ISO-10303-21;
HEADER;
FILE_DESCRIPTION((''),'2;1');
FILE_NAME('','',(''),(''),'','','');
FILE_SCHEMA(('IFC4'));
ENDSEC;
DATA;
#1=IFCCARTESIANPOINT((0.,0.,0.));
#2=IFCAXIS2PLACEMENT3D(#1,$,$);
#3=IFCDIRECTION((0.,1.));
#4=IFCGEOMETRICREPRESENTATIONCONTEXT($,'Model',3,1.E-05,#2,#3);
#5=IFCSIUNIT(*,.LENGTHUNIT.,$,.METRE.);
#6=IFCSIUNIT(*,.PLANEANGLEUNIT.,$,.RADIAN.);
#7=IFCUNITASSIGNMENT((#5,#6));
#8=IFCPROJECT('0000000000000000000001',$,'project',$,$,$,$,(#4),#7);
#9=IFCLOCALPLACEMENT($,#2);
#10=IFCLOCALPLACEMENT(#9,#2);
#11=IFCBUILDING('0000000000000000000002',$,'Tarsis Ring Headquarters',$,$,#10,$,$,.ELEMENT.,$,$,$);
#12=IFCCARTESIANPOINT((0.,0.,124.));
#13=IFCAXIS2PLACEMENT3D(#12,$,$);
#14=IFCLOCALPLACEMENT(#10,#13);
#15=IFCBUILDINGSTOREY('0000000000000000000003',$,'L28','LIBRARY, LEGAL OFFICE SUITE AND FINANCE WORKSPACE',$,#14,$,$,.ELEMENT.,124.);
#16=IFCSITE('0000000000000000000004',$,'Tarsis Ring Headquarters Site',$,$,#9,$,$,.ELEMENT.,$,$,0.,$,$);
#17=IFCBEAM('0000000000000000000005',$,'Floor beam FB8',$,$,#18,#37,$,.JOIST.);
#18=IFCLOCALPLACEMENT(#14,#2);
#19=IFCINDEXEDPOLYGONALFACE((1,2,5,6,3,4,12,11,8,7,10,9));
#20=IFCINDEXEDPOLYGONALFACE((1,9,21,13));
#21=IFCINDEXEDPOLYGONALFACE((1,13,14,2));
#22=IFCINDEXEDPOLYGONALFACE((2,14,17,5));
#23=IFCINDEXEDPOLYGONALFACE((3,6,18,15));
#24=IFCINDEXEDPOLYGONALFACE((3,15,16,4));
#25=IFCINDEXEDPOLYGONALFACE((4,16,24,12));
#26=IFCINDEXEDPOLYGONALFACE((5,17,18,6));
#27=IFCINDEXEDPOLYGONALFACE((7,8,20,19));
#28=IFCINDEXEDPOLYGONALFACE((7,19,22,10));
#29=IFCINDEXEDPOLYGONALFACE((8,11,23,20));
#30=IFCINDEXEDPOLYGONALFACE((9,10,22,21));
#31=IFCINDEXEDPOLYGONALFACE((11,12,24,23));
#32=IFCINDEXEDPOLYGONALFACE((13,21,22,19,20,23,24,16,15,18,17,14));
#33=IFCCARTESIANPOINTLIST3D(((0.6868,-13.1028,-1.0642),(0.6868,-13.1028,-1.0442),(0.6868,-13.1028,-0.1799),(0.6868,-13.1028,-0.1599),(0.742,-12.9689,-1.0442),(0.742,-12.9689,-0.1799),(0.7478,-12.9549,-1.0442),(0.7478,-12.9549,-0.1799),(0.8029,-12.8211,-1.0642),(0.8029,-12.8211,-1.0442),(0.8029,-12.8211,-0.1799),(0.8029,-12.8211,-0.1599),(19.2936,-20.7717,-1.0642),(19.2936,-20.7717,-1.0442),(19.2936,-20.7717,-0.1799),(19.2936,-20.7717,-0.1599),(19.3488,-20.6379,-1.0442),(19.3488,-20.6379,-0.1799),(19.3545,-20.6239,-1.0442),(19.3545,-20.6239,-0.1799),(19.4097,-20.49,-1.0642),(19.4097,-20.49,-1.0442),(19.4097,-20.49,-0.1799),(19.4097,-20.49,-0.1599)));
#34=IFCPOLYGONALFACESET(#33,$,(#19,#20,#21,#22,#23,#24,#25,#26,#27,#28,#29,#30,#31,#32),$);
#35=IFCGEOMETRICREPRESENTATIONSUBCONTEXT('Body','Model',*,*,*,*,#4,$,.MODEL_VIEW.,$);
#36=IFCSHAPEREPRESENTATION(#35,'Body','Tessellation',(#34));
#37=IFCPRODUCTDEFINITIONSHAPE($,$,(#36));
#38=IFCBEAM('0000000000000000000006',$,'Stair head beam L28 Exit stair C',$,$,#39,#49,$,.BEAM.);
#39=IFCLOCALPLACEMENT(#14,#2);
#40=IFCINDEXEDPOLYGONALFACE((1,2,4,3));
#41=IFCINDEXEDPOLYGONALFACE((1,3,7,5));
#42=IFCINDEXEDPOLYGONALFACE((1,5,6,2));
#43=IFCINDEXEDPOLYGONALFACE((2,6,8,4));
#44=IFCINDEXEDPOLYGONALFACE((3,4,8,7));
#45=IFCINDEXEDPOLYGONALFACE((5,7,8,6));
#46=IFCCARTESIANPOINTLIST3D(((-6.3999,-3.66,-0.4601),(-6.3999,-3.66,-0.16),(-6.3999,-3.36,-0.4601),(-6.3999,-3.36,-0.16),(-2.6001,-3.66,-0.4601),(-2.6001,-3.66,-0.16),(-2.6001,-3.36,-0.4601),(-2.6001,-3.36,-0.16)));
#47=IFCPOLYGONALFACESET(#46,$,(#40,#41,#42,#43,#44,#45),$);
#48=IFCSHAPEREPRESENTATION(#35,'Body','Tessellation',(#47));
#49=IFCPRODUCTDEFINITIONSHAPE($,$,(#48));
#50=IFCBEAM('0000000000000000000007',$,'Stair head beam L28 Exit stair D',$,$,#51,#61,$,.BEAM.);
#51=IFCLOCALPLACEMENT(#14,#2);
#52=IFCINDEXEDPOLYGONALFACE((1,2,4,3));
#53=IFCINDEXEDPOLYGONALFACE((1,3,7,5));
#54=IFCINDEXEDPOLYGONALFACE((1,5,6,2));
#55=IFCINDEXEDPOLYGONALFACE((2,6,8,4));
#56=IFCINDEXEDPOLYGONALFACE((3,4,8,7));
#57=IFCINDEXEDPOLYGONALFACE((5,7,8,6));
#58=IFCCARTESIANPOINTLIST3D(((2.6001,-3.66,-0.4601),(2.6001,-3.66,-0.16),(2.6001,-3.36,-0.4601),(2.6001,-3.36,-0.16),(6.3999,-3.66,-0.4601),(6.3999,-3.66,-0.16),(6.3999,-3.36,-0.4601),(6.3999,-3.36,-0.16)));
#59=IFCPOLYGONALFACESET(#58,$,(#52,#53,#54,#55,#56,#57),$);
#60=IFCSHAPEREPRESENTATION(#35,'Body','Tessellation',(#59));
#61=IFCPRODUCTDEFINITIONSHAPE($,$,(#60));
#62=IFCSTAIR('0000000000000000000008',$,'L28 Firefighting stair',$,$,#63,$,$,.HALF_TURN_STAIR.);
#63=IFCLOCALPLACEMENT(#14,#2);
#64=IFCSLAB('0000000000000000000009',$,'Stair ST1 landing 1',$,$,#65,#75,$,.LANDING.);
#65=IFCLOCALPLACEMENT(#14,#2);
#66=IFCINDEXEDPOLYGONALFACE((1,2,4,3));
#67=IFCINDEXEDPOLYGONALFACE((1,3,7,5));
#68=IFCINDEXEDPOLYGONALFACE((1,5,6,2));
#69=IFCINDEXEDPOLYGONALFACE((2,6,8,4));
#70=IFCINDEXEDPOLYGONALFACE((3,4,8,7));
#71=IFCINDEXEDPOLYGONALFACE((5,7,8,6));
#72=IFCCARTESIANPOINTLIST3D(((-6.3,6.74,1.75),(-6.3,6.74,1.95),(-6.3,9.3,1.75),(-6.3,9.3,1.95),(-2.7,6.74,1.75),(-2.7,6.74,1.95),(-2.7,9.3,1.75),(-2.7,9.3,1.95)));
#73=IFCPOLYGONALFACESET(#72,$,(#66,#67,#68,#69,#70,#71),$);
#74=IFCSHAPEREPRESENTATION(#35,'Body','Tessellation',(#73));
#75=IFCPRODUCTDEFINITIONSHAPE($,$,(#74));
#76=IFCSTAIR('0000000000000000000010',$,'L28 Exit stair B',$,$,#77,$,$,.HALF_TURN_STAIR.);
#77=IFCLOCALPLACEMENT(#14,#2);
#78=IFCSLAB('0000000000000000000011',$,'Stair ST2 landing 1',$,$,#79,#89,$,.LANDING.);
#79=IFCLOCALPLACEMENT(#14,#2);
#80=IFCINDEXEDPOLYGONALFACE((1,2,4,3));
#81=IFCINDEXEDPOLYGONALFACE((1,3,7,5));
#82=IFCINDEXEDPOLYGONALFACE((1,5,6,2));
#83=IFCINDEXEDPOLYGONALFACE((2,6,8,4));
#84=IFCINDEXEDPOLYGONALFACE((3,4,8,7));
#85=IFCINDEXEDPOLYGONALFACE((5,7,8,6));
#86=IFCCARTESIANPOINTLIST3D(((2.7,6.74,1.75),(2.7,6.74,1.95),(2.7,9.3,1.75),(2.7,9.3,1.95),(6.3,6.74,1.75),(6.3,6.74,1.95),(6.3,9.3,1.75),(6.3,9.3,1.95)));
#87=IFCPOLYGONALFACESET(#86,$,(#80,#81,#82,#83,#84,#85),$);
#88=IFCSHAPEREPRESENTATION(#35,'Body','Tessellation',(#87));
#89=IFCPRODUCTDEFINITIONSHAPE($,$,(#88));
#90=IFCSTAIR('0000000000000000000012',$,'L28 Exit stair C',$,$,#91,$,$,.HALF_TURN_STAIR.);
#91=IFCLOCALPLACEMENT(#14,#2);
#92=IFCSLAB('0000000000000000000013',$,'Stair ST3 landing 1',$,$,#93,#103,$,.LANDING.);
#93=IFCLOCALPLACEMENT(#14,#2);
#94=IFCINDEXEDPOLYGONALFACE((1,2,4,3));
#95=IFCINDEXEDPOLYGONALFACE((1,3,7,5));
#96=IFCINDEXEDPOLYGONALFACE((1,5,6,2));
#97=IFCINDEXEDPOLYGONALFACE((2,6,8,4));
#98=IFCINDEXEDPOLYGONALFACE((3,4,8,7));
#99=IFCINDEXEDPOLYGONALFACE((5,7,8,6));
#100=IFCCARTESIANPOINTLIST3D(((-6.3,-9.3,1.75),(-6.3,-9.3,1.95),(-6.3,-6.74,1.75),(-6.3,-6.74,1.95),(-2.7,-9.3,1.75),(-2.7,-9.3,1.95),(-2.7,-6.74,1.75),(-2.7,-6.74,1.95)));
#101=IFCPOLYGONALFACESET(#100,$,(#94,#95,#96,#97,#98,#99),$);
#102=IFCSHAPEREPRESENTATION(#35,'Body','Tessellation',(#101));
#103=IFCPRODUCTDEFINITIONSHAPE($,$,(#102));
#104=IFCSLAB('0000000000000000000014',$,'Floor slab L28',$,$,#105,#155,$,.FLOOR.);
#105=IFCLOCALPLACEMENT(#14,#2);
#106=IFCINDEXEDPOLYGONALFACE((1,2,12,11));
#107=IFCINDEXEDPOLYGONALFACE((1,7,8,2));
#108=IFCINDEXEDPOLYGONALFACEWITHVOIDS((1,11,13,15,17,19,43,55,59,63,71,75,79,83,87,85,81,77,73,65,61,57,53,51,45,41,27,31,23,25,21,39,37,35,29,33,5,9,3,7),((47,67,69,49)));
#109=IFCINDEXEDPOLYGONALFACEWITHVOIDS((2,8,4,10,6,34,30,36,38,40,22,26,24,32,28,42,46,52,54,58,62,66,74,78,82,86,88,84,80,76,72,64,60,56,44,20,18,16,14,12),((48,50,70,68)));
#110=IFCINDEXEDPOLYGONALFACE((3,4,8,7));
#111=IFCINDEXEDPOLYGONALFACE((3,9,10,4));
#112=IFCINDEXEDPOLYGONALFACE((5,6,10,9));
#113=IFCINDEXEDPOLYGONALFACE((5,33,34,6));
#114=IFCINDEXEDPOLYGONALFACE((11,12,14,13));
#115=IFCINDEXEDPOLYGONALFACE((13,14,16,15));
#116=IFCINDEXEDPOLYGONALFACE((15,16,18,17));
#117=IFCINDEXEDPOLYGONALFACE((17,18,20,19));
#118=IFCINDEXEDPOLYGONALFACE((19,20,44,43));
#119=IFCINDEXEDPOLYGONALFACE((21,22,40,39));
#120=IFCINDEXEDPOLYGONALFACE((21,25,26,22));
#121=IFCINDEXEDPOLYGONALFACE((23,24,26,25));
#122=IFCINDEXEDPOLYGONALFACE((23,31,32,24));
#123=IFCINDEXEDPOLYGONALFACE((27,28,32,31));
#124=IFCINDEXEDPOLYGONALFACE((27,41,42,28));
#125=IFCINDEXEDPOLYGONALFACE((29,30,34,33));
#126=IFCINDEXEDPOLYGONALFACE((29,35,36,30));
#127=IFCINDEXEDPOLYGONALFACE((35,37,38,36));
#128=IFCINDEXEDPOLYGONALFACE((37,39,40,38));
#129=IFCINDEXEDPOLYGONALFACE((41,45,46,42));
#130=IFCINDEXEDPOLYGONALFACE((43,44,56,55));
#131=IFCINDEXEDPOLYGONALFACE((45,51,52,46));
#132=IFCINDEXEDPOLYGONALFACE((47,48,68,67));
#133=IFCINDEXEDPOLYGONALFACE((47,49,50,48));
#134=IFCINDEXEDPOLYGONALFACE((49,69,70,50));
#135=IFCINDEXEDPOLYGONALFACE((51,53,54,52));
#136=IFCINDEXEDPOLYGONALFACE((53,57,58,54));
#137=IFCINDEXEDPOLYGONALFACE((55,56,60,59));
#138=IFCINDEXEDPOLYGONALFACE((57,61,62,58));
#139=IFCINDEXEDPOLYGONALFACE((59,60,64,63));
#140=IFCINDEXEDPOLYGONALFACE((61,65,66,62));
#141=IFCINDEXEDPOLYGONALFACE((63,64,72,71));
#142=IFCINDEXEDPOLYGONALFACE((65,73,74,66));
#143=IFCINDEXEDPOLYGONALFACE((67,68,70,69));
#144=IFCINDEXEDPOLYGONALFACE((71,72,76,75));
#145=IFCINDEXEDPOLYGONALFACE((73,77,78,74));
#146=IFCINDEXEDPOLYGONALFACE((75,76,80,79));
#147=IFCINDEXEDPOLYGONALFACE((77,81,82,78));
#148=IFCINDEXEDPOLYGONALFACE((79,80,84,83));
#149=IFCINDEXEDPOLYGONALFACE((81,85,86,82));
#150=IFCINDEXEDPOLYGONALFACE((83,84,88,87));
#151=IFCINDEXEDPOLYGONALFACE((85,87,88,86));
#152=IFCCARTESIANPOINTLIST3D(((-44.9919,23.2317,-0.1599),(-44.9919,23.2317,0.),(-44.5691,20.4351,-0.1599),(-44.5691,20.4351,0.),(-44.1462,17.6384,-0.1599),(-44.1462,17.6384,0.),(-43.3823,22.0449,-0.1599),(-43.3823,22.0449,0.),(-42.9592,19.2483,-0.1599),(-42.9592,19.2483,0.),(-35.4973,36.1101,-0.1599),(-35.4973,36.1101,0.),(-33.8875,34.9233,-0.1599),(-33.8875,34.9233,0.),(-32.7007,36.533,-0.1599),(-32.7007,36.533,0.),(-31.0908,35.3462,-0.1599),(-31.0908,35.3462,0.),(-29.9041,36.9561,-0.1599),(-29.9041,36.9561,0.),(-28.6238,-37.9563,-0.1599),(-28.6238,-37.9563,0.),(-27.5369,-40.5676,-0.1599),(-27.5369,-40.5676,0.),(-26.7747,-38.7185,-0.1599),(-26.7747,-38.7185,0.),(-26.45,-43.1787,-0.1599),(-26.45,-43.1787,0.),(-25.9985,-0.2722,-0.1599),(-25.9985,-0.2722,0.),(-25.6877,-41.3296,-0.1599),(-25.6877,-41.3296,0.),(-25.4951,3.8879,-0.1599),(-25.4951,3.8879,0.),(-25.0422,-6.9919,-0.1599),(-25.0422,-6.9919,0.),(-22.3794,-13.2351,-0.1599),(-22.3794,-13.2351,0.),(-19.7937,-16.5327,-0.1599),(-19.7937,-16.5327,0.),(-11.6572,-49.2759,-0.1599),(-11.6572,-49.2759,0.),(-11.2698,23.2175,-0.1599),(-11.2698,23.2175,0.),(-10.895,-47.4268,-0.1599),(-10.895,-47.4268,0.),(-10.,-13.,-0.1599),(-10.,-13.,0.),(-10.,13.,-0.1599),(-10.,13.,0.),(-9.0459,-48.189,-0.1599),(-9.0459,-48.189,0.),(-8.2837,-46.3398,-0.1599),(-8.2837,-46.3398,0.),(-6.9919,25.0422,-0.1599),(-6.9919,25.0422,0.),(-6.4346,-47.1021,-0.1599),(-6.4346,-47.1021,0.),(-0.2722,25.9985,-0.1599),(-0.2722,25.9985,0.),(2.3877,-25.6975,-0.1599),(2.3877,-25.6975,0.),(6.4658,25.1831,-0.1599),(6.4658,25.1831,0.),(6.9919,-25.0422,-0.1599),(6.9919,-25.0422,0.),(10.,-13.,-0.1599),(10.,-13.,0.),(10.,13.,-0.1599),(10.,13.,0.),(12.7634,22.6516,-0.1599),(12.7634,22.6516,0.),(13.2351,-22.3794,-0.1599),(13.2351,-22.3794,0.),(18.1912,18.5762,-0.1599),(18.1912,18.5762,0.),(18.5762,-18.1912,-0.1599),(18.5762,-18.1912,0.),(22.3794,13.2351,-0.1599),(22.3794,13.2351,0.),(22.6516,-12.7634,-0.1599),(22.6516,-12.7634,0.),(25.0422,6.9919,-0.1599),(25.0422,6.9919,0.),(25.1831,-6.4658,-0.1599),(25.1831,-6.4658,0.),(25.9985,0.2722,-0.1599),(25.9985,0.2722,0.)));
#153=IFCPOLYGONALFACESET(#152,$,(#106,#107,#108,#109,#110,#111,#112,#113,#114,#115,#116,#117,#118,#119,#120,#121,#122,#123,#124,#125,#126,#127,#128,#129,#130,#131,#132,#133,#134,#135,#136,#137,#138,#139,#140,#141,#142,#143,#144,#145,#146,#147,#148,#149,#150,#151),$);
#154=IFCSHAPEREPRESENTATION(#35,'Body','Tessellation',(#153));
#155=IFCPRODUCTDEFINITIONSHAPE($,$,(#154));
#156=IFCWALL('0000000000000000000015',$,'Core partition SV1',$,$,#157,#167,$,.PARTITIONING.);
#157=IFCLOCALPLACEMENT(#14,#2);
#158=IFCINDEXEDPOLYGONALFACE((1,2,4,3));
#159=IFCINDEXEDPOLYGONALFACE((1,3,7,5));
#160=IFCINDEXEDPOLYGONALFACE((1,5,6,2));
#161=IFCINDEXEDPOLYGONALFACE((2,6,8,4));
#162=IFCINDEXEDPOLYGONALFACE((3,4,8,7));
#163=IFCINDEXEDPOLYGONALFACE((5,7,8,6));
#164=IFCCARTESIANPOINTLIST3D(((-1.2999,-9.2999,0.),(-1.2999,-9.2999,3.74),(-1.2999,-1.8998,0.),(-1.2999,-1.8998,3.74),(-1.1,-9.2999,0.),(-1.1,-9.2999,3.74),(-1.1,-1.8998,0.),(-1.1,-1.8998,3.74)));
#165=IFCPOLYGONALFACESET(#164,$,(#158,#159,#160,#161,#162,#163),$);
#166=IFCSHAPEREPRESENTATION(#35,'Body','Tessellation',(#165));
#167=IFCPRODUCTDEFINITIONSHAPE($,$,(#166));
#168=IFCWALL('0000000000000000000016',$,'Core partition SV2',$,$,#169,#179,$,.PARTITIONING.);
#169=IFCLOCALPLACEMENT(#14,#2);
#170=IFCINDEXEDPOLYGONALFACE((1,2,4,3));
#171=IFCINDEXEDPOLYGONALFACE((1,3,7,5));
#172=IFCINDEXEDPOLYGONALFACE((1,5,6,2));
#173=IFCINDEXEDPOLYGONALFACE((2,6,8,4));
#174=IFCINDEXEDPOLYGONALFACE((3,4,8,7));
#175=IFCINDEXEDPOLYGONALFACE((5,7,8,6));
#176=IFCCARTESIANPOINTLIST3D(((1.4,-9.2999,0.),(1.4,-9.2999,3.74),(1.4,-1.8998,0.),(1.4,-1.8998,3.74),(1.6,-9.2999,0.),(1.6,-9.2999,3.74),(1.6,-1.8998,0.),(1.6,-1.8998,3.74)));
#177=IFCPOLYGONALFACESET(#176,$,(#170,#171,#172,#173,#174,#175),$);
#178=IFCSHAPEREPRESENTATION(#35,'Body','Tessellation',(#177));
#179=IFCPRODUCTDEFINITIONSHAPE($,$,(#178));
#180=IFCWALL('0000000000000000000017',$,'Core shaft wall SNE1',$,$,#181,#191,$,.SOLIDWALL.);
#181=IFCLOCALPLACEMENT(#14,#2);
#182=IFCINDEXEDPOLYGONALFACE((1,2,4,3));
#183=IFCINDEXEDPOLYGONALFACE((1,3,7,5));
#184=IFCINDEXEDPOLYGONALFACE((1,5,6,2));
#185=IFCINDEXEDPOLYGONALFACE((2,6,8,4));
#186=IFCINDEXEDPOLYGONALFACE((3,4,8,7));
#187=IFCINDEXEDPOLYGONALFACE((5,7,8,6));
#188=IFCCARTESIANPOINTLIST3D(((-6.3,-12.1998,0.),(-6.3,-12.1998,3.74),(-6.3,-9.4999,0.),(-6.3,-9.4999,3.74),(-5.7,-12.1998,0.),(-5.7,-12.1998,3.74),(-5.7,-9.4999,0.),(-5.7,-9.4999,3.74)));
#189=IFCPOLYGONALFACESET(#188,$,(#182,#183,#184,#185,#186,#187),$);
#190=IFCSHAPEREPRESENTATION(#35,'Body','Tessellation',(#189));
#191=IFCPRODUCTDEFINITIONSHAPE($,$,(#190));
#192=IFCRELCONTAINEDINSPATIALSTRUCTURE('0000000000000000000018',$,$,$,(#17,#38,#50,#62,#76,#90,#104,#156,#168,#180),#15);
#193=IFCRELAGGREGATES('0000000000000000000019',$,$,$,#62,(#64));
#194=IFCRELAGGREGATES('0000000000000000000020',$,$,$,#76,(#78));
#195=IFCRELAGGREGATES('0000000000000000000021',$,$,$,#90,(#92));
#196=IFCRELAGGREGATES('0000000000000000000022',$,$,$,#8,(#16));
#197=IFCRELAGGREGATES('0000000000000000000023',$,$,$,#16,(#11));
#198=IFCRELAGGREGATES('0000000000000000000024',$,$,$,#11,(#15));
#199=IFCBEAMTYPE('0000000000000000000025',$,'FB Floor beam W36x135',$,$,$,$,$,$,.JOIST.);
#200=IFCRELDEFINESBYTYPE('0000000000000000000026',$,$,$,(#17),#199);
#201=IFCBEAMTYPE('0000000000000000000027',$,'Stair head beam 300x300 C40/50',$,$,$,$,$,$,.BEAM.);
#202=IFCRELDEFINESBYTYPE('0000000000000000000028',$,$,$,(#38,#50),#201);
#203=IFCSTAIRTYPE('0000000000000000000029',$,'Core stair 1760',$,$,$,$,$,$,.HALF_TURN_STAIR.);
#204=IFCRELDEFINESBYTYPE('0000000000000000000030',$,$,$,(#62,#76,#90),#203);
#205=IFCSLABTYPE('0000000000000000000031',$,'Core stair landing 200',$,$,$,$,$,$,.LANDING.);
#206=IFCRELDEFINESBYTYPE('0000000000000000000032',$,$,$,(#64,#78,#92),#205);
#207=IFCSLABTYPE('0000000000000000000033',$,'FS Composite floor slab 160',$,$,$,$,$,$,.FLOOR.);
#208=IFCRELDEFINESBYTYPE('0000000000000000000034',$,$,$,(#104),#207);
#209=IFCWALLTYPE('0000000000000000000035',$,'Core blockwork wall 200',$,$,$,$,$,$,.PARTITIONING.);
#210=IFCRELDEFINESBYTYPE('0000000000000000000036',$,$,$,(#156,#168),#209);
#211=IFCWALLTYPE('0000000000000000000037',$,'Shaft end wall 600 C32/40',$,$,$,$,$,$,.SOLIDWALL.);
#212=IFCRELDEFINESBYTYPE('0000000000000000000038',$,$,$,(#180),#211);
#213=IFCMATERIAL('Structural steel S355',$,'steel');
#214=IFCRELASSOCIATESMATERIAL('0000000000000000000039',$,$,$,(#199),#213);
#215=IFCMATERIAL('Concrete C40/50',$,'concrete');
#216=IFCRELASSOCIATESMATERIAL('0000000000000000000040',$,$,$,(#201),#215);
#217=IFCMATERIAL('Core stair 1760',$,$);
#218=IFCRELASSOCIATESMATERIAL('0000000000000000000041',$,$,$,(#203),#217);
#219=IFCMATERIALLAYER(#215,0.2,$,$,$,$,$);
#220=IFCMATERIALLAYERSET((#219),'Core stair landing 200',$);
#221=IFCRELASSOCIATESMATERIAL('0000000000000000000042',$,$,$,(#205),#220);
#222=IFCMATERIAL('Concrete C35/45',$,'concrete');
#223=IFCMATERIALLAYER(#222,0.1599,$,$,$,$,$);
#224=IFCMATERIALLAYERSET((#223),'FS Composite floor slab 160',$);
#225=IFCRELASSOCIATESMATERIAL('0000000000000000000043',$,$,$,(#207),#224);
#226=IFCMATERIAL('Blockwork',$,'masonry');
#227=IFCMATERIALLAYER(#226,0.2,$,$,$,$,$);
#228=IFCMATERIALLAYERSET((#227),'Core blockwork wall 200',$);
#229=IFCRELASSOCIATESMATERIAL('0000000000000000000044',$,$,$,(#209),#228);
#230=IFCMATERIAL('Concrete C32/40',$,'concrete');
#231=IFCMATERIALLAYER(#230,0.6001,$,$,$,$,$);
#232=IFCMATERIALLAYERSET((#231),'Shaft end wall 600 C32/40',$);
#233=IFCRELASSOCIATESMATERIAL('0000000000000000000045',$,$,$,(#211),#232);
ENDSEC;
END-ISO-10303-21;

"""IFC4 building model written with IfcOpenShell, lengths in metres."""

from ifc_helpers import new_model, si_unit, direction, frame, frame_2d, origin, origin_2d, place, context, subcontext, project, spatial, polyline, rectangle, i_section, outline, extrude, material, layer, layer_set, material_profile, profile_set, type_object, element, aggregate, save


model = new_model("IFC4")

# Units and contexts
model_context = context("Model", 3, precision=1e-05, world=origin(), true_north=direction((0.0, 1.0)))
body_context = subcontext(model_context, "Body", "Model", "MODEL_VIEW")
ifc_project = project(units=[si_unit("LENGTHUNIT", "METRE"), si_unit("PLANEANGLEUNIT", "RADIAN")], contexts=[model_context])

# Site, building, storey
site_placement = place(None, origin())
site = spatial("IfcSite", under=ifc_project, at=site_placement, Name="Tarsis Ring Headquarters Site", CompositionType="ELEMENT", RefElevation=0.0)
building_placement = place(site_placement, origin())
building = spatial("IfcBuilding", under=site, at=building_placement, Name="Tarsis Ring Headquarters", CompositionType="ELEMENT")
storey_placement = place(building_placement, frame((0.0, 0.0, 124.0)))
storey = spatial("IfcBuildingStorey", under=building, at=storey_placement, Name="L28", Description="LIBRARY, LEGAL OFFICE SUITE AND FINANCE WORKSPACE", CompositionType="ELEMENT", Elevation=124.0)

# Beams
ifc_material_1 = material(Name="Structural steel S355", Category="steel")
ifc_material_profile_1 = material_profile(ifc_material_1, i_section(OverallWidth=0.3047, OverallDepth=0.9043, WebThickness=0.0151, FlangeThickness=0.02, at=origin_2d()), Name="W36x135")
ifc_profile_set_1 = profile_set([ifc_material_profile_1], Name="Structural steel S355")
beam_type_1 = type_object("IfcBeamType", Name="FB Floor beam W36x135", PredefinedType="JOIST", material=ifc_profile_set_1)
beam_placement = place(storey_placement, frame((0.7449, -12.9619, -0.6121), z_axis=(0.924549, -0.381063, 0.0), x_axis=(0.381063, 0.924549, 0.0)))
element("IfcBeam", 1, at=beam_placement, inside=storey, type_object=beam_type_1, Name="Floor beam FB8", PredefinedType="JOIST", context=body_context, shape_type="SweptSolid", body=[
    extrude(i_section(OverallWidth=0.3047, OverallDepth=0.9043, WebThickness=0.0151, FlangeThickness=0.02, at=origin_2d()), origin(), (0.0, 0.0, 1.0), 20.1252),
])
ifc_material_2 = material(Name="Concrete C40/50", Category="concrete")
ifc_material_profile_2 = material_profile(ifc_material_2, rectangle(XDim=0.3, YDim=0.3, at=origin_2d()), Name="Stair head beam 300x300 C40/50")
ifc_profile_set_2 = profile_set([ifc_material_profile_2], Name="Concrete C40/50")
beam_type_2 = type_object("IfcBeamType", Name="Stair head beam 300x300 C40/50", PredefinedType="BEAM", material=ifc_profile_set_2)
for number, where, z_axis, x_axis, name in (
    (2, (-6.3999, -3.51, -0.3101), (1.0, 0.0, 0.0), (0.0, 1.0, 0.0), "Stair head beam L28 Exit stair C"),
    (3, (2.6001, -3.51, -0.3101), (1.0, 0.0, 0.0), (0.0, 1.0, 0.0), "Stair head beam L28 Exit stair D"),
):
    element("IfcBeam", number, at=place(storey_placement, frame(where, z_axis=z_axis, x_axis=x_axis)), inside=storey, type_object=beam_type_2, Name=name, PredefinedType="BEAM", context=body_context, shape_type="SweptSolid", body=[
        extrude(rectangle(XDim=0.3, YDim=0.3, at=origin_2d()), origin(), (0.0, 0.0, 1.0), 3.7998),
    ])

# Stairs, slabs
ifc_material_3 = material(Name="Core stair 1760")
stair_type = type_object("IfcStairType", Name="Core stair 1760", PredefinedType="HALF_TURN_STAIR", material=ifc_material_3)
stair_1_placement = place(storey_placement, origin())
stair_1 = element("IfcStair", 4, at=stair_1_placement, inside=storey, type_object=stair_type, Name="L28 Firefighting stair", PredefinedType="HALF_TURN_STAIR")
ifc_layer_1 = layer(ifc_material_2, 0.2)
ifc_layer_set_1 = layer_set([ifc_layer_1], Name="Core stair landing 200")
slab_type_1 = type_object("IfcSlabType", Name="Core stair landing 200", PredefinedType="LANDING", material=ifc_layer_set_1)
slab_1_placement = place(storey_placement, frame((0.0, 0.0, 1.75)))
slab_1 = element("IfcSlab", 5, at=slab_1_placement, type_object=slab_type_1, Name="Stair ST1 landing 1", PredefinedType="LANDING", context=body_context, shape_type="SweptSolid", body=[
    extrude(outline(polyline([(-2.7, 6.74), (-2.7, 9.3), (-6.3, 9.3), (-6.3, 6.74), (-2.7, 6.74)])), origin(), (0.0, 0.0, 1.0), 0.2),
])
aggregate(stair_1, [slab_1])
stair_2_placement = place(storey_placement, origin())
stair_2 = element("IfcStair", 6, at=stair_2_placement, inside=storey, type_object=stair_type, Name="L28 Exit stair B", PredefinedType="HALF_TURN_STAIR")
slab_2_placement = place(storey_placement, frame((0.0, 0.0, 1.75)))
slab_2 = element("IfcSlab", 7, at=slab_2_placement, type_object=slab_type_1, Name="Stair ST2 landing 1", PredefinedType="LANDING", context=body_context, shape_type="SweptSolid", body=[
    extrude(outline(polyline([(6.3, 6.74), (6.3, 9.3), (2.7, 9.3), (2.7, 6.74), (6.3, 6.74)])), origin(), (0.0, 0.0, 1.0), 0.2),
])
aggregate(stair_2, [slab_2])
stair_3_placement = place(storey_placement, origin())
stair_3 = element("IfcStair", 8, at=stair_3_placement, inside=storey, type_object=stair_type, Name="L28 Exit stair C", PredefinedType="HALF_TURN_STAIR")
slab_3_placement = place(storey_placement, frame((0.0, 0.0, 1.75)))
slab_3 = element("IfcSlab", 9, at=slab_3_placement, type_object=slab_type_1, Name="Stair ST3 landing 1", PredefinedType="LANDING", context=body_context, shape_type="SweptSolid", body=[
    extrude(outline(polyline([(-6.3, -6.74), (-6.3, -9.3), (-2.7, -9.3), (-2.7, -6.74), (-6.3, -6.74)])), origin(), (0.0, 0.0, 1.0), 0.2),
])
aggregate(stair_3, [slab_3])

# Slab
ifc_material_4 = material(Name="Concrete C35/45", Category="concrete")
ifc_layer_2 = layer(ifc_material_4, 0.1599)
ifc_layer_set_2 = layer_set([ifc_layer_2], Name="FS Composite floor slab 160")
slab_type_2 = type_object("IfcSlabType", Name="FS Composite floor slab 160", PredefinedType="FLOOR", material=ifc_layer_set_2)
slab_4_placement = place(storey_placement, frame((0.0, 0.0, -0.1599)))
element("IfcSlab", 10, at=slab_4_placement, inside=storey, type_object=slab_type_2, Name="Floor slab L28", PredefinedType="FLOOR", context=body_context, shape_type="SweptSolid", body=[
    extrude(outline(polyline([(-25.4951, 3.8879), (-25.9985, -0.2722), (-25.0422, -6.9919), (-22.3794, -13.2351), (-19.7937, -16.5327), (-28.6238, -37.9563), (-26.7747, -38.7185), (-27.5369, -40.5676), (-25.6877, -41.3296), (-26.45, -43.1787), (-11.6572, -49.2759), (-10.895, -47.4268), (-9.0459, -48.189), (-8.2837, -46.3398), (-6.4346, -47.1021), (2.3877, -25.6975), (6.9919, -25.0422), (13.2351, -22.3794), (18.5762, -18.1912), (22.6516, -12.7634), (25.1831, -6.4658), (25.9985, 0.2722), (25.0422, 6.9919), (22.3794, 13.2351), (18.1912, 18.5762), (12.7634, 22.6516), (6.4658, 25.1831), (-0.2722, 25.9985), (-6.9919, 25.0422), (-11.2698, 23.2175), (-29.9041, 36.9561), (-31.0908, 35.3462), (-32.7007, 36.533), (-33.8875, 34.9233), (-35.4973, 36.1101), (-44.9919, 23.2317), (-43.3823, 22.0449), (-44.5691, 20.4351), (-42.9592, 19.2483), (-44.1462, 17.6384), (-25.4951, 3.8879)]), holes=[polyline([(-10.0, -13.0), (-10.0, 13.0), (10.0, 13.0), (10.0, -13.0), (-10.0, -13.0)])]), origin(), (0.0, 0.0, 1.0), 0.1599),
])

# Walls
ifc_material_5 = material(Name="Blockwork", Category="masonry")
ifc_layer_3 = layer(ifc_material_5, 0.2)
ifc_layer_set_3 = layer_set([ifc_layer_3], Name="Core blockwork wall 200")
wall_type_1 = type_object("IfcWallType", Name="Core blockwork wall 200", PredefinedType="PARTITIONING", material=ifc_layer_set_3)
for number, where, z_axis, x_axis, name in (
    (11, (-1.2, -9.3, 0.0), (0.0, 0.0, 1.0), (0.0, 1.0, 0.0), "Core partition SV1"),
    (12, (1.5, -9.3, 0.0), (0.0, 0.0, 1.0), (0.0, 1.0, 0.0), "Core partition SV2"),
):
    element("IfcWall", number, at=place(storey_placement, frame(where, z_axis=z_axis, x_axis=x_axis)), inside=storey, type_object=wall_type_1, Name=name, PredefinedType="PARTITIONING", context=body_context, shape_type="SweptSolid", body=[
        extrude(rectangle(XDim=7.4001, YDim=0.2, at=frame_2d((3.7002, 0.0))), origin(), (0.0, 0.0, 1.0), 3.74),
    ])
ifc_material_6 = material(Name="Concrete C32/40", Category="concrete")
ifc_layer_4 = layer(ifc_material_6, 0.6001)
ifc_layer_set_4 = layer_set([ifc_layer_4], Name="Shaft end wall 600 C32/40")
wall_type_2 = type_object("IfcWallType", Name="Shaft end wall 600 C32/40", PredefinedType="SOLIDWALL", material=ifc_layer_set_4)
wall_1_placement = place(storey_placement, frame((-6.0, -12.2, 0.0), z_axis=(0.0, 0.0, 1.0), x_axis=(0.0, 1.0, 0.0)))
element("IfcWall", 13, at=wall_1_placement, inside=storey, type_object=wall_type_2, Name="Core shaft wall SNE1", PredefinedType="SOLIDWALL", context=body_context, shape_type="SweptSolid", body=[
    extrude(rectangle(XDim=2.7, YDim=0.6001, at=frame_2d((1.3501, 0.0))), origin(), (0.0, 0.0, 1.0), 3.74),
])

save(model, "model.ifc")
